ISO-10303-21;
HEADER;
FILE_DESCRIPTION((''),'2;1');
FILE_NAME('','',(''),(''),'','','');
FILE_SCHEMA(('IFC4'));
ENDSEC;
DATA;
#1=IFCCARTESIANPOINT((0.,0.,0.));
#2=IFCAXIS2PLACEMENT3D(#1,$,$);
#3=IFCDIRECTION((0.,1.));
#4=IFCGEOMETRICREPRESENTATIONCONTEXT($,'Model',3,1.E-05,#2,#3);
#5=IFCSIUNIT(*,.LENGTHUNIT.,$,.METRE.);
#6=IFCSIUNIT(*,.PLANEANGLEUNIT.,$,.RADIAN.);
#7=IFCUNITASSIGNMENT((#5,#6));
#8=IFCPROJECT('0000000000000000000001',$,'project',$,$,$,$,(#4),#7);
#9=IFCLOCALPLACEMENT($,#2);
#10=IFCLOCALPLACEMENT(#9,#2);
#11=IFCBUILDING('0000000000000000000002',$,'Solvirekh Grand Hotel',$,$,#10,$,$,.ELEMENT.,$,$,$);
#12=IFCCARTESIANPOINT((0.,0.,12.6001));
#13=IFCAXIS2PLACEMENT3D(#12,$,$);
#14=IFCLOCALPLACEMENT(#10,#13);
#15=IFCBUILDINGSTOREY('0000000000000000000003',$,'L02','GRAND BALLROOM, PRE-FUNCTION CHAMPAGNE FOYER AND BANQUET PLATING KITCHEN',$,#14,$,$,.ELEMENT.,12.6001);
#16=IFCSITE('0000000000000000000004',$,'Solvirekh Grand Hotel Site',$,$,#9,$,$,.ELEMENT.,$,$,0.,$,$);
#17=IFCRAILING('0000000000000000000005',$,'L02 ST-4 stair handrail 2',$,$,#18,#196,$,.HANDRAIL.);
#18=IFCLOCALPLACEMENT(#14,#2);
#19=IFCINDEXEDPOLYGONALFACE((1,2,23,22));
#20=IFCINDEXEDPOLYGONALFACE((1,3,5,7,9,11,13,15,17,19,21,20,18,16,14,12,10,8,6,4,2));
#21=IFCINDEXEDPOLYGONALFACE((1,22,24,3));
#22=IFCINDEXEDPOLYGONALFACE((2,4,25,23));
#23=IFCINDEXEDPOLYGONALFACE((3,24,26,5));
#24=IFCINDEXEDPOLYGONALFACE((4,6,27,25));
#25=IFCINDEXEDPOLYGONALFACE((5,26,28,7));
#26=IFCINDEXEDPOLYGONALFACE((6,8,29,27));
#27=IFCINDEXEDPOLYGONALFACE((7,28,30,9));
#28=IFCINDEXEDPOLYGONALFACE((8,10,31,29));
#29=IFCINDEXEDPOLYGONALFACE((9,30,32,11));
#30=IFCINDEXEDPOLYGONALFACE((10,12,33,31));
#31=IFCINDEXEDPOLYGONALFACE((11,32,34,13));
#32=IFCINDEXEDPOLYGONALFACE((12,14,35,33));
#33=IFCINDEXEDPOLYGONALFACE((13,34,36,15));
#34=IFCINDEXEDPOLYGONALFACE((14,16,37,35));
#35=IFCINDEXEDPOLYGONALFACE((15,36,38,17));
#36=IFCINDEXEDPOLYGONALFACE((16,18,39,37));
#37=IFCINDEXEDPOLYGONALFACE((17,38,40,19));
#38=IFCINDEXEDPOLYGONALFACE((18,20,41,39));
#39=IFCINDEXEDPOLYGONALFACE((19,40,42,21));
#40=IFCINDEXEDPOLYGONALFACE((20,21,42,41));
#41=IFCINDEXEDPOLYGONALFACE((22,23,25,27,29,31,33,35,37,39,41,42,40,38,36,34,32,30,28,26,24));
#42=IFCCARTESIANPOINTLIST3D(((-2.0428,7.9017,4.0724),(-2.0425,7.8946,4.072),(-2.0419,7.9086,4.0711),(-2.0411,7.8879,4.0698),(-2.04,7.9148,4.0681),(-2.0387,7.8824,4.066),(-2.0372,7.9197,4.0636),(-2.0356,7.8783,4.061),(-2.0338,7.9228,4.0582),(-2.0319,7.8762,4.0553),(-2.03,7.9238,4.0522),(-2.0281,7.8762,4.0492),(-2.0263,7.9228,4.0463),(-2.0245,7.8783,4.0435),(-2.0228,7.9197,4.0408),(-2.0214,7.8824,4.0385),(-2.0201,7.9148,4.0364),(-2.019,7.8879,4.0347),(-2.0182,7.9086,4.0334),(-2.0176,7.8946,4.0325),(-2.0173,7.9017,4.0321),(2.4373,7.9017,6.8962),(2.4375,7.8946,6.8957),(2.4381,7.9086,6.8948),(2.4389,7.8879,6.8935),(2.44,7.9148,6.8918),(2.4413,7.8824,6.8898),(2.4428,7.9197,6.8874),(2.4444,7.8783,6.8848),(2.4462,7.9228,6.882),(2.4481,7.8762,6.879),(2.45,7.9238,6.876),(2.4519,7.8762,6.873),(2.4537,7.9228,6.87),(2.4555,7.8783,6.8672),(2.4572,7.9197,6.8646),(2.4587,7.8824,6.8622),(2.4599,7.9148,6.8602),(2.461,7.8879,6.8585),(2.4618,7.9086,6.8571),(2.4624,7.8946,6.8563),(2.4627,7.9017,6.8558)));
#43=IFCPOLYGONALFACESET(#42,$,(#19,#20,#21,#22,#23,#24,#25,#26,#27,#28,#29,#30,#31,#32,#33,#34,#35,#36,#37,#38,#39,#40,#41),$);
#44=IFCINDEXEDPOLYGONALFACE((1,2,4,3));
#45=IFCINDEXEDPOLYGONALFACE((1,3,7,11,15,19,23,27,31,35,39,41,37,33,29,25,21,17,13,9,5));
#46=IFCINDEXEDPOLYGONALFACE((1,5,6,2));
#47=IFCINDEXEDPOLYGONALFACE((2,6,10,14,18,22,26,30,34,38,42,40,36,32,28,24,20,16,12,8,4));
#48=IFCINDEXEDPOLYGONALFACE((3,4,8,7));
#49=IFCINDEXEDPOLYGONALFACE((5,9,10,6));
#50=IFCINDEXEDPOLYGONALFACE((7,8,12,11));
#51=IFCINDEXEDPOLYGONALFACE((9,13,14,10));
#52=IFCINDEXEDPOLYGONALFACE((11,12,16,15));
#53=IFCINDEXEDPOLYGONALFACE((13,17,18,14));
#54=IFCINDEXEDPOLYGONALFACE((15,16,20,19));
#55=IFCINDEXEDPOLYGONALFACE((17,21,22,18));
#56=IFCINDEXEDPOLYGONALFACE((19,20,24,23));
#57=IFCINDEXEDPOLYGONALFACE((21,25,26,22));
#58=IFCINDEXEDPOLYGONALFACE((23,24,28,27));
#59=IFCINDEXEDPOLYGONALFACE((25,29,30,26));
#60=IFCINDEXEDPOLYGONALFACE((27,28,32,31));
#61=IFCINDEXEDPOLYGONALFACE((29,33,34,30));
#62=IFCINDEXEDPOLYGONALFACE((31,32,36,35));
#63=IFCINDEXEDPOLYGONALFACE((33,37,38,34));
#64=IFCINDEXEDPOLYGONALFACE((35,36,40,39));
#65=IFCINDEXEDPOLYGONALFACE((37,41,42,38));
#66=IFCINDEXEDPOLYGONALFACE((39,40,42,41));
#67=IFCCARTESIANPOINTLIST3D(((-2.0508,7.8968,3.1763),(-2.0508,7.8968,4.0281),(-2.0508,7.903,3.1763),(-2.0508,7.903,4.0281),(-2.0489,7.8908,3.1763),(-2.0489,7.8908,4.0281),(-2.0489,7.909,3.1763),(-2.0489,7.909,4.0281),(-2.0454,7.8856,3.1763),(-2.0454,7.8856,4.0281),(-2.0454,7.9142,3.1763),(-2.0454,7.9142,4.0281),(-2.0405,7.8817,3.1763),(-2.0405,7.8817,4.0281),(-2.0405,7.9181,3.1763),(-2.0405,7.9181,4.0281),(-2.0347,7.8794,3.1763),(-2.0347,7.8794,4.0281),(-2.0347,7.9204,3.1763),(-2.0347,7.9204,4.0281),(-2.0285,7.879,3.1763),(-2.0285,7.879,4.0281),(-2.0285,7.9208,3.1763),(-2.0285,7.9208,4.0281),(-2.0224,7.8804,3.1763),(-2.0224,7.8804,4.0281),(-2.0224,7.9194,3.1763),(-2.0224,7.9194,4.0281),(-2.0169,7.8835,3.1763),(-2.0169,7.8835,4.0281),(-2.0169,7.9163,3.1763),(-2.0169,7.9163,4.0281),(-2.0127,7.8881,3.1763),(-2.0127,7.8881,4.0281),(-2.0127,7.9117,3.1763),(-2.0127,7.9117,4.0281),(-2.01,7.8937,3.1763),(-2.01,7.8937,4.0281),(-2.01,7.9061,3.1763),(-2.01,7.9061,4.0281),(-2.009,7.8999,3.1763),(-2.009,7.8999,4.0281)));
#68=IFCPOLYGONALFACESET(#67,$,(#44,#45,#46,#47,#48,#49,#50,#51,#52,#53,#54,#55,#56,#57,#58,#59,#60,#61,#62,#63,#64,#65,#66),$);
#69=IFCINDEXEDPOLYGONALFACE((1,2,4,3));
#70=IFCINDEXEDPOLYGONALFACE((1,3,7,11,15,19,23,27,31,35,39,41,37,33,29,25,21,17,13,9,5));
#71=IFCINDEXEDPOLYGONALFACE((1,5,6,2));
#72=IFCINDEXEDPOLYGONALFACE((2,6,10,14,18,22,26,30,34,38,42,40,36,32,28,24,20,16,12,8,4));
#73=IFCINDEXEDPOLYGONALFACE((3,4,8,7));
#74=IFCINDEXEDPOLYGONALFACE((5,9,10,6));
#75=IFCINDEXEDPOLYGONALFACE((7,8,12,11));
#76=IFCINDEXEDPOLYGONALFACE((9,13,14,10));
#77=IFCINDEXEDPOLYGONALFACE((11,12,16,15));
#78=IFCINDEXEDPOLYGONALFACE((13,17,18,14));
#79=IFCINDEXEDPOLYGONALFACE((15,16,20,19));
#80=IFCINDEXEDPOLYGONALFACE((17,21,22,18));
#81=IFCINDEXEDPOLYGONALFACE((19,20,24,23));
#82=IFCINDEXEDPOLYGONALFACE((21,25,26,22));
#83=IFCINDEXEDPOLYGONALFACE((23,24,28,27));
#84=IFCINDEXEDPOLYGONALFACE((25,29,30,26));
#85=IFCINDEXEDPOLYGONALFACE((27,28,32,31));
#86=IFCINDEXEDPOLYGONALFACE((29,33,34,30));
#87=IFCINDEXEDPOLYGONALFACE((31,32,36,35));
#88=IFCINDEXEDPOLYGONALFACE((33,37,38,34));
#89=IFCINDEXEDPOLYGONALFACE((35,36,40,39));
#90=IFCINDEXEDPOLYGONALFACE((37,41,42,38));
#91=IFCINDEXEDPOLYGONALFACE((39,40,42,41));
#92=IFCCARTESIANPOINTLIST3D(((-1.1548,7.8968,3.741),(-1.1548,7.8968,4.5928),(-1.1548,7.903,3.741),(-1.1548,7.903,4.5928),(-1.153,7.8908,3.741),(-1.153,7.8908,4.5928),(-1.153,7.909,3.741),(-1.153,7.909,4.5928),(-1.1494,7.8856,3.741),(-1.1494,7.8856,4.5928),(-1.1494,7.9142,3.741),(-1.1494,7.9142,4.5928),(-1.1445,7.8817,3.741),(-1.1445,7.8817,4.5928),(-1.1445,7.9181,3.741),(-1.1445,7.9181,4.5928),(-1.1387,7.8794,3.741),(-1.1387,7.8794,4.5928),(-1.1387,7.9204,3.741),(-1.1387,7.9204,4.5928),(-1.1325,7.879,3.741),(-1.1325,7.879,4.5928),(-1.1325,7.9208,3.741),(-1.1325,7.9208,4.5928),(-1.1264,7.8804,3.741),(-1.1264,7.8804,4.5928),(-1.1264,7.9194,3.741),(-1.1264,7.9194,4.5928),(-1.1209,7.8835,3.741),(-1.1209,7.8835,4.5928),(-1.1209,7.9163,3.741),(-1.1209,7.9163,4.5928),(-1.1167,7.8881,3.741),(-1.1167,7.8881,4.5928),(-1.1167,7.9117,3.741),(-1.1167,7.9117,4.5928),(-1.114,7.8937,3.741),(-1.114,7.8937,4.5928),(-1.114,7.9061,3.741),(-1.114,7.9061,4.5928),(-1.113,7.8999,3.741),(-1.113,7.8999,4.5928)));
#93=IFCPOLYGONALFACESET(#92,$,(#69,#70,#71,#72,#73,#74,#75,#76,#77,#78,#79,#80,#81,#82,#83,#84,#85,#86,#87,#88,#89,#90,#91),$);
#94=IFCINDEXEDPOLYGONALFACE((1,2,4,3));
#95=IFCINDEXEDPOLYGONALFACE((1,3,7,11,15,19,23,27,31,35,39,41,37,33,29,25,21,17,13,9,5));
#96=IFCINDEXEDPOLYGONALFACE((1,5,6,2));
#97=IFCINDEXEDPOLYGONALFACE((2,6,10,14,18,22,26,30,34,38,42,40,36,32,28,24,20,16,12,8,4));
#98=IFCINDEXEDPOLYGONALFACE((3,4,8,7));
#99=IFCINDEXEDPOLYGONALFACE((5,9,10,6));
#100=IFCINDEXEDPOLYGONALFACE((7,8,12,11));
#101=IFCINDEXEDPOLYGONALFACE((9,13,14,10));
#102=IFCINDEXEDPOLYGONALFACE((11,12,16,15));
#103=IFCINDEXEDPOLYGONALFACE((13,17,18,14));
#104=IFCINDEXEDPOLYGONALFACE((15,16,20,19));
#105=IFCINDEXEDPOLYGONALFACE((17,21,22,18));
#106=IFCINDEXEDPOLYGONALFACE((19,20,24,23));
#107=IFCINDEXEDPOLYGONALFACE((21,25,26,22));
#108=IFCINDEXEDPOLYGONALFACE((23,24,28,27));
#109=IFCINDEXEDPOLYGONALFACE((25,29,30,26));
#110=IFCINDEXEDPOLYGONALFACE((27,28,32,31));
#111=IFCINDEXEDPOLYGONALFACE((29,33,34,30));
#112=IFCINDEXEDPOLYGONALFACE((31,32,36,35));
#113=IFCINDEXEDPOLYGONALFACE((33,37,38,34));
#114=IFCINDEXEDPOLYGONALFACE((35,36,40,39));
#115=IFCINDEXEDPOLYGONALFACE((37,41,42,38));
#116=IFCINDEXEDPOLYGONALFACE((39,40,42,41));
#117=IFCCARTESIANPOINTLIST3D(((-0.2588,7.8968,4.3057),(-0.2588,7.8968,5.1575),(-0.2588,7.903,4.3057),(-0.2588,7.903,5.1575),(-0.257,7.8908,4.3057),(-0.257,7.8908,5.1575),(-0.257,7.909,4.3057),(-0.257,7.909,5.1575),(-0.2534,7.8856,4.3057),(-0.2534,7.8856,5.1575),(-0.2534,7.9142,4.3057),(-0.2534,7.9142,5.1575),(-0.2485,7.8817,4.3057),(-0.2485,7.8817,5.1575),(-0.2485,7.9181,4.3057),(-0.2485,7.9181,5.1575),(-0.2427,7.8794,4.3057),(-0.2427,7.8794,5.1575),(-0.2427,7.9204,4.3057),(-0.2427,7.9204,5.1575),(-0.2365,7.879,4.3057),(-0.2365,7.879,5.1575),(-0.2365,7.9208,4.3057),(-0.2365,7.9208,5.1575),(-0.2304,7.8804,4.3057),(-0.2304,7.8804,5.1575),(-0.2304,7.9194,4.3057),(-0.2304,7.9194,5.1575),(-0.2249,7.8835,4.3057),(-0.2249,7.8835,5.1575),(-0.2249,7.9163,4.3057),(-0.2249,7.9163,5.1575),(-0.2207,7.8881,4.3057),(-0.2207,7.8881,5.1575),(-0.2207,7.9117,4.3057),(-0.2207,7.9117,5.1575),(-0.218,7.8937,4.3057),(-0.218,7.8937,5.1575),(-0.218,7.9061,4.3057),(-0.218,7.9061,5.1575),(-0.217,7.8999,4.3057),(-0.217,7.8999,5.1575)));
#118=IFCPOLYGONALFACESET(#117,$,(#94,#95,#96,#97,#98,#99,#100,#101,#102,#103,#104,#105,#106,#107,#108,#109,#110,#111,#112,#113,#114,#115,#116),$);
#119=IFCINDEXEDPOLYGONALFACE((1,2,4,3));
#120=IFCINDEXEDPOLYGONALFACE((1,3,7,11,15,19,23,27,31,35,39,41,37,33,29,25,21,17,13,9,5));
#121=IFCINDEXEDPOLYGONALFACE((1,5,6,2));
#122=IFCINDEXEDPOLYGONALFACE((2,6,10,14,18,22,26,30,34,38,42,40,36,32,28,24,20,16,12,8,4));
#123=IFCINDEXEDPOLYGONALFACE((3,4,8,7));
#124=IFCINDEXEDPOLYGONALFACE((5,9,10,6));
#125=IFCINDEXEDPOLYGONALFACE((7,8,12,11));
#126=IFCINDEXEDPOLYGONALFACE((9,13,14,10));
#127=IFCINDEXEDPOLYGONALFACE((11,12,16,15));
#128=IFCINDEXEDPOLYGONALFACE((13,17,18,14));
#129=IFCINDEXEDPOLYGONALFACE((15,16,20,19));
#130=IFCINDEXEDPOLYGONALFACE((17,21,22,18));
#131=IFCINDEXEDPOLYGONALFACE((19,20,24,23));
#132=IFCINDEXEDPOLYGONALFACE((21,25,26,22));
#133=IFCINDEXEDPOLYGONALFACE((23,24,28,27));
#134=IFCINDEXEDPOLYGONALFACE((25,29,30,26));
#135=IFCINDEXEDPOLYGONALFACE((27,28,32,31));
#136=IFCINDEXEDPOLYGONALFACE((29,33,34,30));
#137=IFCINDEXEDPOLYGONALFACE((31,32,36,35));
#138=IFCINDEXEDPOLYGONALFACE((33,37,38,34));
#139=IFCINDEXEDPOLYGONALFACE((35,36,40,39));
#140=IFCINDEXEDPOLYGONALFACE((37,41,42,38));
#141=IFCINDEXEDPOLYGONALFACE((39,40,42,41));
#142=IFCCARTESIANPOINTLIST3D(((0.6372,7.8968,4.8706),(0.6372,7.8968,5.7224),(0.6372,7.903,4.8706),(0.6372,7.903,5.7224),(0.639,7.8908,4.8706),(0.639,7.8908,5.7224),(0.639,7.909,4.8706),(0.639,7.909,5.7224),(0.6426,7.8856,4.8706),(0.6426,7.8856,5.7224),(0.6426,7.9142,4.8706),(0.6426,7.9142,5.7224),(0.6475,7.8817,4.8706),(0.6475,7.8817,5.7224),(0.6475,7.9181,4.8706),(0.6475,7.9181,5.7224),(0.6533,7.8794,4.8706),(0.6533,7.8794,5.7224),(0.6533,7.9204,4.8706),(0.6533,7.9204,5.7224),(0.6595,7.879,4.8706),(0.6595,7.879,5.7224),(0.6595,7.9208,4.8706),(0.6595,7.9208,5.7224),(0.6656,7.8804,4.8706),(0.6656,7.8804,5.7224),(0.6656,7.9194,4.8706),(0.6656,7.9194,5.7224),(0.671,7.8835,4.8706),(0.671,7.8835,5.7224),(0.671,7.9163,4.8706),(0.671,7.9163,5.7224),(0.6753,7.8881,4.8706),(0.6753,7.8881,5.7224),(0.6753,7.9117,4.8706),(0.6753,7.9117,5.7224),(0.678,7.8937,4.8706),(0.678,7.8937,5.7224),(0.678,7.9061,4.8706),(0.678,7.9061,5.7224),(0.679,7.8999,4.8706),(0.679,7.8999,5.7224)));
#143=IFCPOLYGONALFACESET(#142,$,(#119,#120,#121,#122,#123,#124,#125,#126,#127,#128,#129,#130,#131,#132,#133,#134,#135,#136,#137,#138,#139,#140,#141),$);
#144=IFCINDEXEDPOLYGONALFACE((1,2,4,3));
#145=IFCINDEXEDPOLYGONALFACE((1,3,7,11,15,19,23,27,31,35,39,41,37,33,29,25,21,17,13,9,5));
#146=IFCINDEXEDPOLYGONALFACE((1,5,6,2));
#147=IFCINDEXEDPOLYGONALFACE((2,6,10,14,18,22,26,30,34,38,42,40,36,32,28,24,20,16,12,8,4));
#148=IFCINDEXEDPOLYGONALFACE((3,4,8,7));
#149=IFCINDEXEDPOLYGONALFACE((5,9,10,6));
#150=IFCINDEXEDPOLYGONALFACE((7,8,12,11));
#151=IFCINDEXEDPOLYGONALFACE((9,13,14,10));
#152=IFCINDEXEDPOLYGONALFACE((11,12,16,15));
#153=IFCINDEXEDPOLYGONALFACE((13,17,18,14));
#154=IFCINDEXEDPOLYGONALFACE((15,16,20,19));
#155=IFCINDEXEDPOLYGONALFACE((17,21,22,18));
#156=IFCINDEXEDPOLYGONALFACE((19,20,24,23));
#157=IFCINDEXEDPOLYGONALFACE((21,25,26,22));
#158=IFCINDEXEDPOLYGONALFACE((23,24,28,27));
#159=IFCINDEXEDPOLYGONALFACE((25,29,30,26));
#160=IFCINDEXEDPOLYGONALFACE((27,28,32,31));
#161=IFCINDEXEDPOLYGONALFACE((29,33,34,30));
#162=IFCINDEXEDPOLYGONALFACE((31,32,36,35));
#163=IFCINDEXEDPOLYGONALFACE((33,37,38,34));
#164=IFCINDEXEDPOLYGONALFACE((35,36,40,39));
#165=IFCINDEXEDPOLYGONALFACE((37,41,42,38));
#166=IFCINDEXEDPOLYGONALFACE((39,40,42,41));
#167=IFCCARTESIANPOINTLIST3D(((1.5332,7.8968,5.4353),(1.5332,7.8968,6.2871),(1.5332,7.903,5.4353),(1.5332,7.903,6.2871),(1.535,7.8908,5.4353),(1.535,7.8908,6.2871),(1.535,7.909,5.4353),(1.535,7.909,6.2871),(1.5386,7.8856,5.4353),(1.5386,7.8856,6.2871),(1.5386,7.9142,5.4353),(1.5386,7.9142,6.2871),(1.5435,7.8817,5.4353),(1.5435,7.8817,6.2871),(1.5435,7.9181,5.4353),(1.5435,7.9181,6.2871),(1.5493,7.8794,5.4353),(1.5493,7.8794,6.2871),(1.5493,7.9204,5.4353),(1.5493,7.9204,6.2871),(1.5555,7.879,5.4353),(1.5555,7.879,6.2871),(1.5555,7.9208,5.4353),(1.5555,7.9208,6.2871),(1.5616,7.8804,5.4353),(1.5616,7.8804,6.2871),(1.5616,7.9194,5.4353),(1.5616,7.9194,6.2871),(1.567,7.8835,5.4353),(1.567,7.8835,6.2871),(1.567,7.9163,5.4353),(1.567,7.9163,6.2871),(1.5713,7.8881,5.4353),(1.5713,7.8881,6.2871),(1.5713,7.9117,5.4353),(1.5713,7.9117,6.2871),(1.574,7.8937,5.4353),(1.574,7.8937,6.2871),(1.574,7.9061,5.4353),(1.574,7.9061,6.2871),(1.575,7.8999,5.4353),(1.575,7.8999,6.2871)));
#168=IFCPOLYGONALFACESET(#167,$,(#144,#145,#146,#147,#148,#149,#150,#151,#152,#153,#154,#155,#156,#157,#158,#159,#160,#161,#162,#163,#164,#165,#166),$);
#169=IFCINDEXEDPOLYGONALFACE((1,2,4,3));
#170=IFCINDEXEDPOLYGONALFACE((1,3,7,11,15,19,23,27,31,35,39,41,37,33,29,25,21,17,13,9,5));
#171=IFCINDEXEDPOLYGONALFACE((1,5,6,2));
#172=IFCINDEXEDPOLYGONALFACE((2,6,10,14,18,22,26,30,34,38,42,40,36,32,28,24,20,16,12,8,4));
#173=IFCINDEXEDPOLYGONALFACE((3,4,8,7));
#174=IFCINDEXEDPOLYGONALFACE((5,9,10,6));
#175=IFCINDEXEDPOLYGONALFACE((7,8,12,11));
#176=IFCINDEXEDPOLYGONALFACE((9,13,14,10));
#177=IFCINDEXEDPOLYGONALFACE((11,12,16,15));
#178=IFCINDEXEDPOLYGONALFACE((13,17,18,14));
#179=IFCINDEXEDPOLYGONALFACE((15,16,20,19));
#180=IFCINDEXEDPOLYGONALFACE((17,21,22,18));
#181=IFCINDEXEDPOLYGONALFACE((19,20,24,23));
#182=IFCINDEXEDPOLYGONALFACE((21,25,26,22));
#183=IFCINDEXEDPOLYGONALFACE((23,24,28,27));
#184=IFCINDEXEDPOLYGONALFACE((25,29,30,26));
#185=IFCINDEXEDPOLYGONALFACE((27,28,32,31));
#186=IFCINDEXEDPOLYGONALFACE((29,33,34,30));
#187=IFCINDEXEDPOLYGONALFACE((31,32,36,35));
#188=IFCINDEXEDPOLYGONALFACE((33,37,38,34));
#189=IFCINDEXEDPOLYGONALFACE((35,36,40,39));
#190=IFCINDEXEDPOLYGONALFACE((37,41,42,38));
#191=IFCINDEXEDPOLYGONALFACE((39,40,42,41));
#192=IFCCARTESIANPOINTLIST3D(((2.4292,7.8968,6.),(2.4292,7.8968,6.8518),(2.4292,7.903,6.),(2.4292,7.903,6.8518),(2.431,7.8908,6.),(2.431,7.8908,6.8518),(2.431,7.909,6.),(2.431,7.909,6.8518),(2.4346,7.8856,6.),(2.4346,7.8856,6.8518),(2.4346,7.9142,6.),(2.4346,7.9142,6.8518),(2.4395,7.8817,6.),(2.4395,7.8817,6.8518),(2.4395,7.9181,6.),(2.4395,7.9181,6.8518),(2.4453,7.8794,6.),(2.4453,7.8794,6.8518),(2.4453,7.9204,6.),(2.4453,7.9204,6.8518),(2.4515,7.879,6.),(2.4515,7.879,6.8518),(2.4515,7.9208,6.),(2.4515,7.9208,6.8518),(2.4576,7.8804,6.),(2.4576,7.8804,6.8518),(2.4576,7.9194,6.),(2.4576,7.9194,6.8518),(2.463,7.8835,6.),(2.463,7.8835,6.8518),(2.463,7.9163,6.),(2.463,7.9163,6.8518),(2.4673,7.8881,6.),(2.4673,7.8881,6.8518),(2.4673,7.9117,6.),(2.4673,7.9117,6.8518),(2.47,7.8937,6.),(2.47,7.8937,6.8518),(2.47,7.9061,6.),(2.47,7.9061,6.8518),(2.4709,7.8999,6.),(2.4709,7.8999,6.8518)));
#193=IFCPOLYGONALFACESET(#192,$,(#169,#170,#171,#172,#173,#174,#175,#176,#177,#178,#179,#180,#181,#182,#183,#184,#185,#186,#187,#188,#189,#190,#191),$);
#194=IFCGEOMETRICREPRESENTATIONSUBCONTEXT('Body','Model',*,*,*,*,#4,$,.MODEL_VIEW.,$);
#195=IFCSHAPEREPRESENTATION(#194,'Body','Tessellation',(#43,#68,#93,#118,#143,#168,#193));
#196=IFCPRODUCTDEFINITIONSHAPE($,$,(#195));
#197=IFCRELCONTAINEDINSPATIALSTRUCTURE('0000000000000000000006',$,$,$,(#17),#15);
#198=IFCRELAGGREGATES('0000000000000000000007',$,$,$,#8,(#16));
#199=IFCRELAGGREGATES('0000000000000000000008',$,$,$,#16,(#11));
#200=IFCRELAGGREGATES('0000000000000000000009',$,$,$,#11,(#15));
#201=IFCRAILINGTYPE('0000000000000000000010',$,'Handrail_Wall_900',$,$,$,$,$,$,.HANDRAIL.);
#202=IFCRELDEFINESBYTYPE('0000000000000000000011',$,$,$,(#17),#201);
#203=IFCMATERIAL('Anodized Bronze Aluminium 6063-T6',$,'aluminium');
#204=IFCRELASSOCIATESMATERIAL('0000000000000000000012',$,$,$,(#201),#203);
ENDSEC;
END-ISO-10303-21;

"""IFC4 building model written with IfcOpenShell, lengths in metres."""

from ifc_helpers import new_model, si_unit, direction, frame, origin, origin_2d, place, context, subcontext, project, spatial, circle, extrude, material, type_object, element, save


model = new_model("IFC4")

# Units and contexts
model_context = context("Model", 3, precision=1e-05, world=origin(), true_north=direction((0.0, 1.0)))
body_context = subcontext(model_context, "Body", "Model", "MODEL_VIEW")
ifc_project = project(units=[si_unit("LENGTHUNIT", "METRE"), si_unit("PLANEANGLEUNIT", "RADIAN")], contexts=[model_context])

# Site, building, storey
site_placement = place(None, origin())
site = spatial("IfcSite", under=ifc_project, at=site_placement, Name="Solvirekh Grand Hotel Site", CompositionType="ELEMENT", RefElevation=0.0)
building_placement = place(site_placement, origin())
building = spatial("IfcBuilding", under=site, at=building_placement, Name="Solvirekh Grand Hotel", CompositionType="ELEMENT")
storey_placement = place(building_placement, frame((0.0, 0.0, 12.6001)))
storey = spatial("IfcBuildingStorey", under=building, at=storey_placement, Name="L02", Description="GRAND BALLROOM, PRE-FUNCTION CHAMPAGNE FOYER AND BANQUET PLATING KITCHEN", CompositionType="ELEMENT", Elevation=12.6001)

# Shared definitions
ifc_material_1 = material(Name="Anodized Bronze Aluminium 6063-T6", Category="aluminium")

# Railing
railing_type_1 = type_object("IfcRailingType", Name="Handrail_Wall_900", PredefinedType="HANDRAIL", material=ifc_material_1)
railing_1_placement = place(storey_placement, frame((-2.03, 7.8999, 3.1763)))
element("IfcRailing", 1, at=railing_1_placement, inside=storey, type_object=railing_type_1, Name="L02 ST-4 stair handrail 2", PredefinedType="HANDRAIL", context=body_context, shape_type="SweptSolid", body=[
    extrude(circle(Radius=0.0239, at=origin_2d()), frame((0.0, 0.0, 0.876), z_axis=(0.845977, 0.0, 0.533219), x_axis=(0.0, 1.0, 0.0)), (0.0, 0.0, 1.0), 5.2957),
    extrude(circle(Radius=0.021, at=origin_2d()), origin(), (0.0, 0.0, 1.0), 0.8518),
    extrude(circle(Radius=0.021, at=origin_2d()), frame((0.896, 0.0, 0.5647)), (0.0, 0.0, 1.0), 0.8518),
    extrude(circle(Radius=0.021, at=origin_2d()), frame((1.792, 0.0, 1.1294)), (0.0, 0.0, 1.0), 0.8518),
    extrude(circle(Radius=0.021, at=origin_2d()), frame((2.688, 0.0, 1.6943)), (0.0, 0.0, 1.0), 0.8518),
    extrude(circle(Radius=0.021, at=origin_2d()), frame((3.584, 0.0, 2.259)), (0.0, 0.0, 1.0), 0.8518),
    extrude(circle(Radius=0.021, at=origin_2d()), frame((4.48, 0.0, 2.8237)), (0.0, 0.0, 1.0), 0.8518),
])

save(model, "model.ifc")
